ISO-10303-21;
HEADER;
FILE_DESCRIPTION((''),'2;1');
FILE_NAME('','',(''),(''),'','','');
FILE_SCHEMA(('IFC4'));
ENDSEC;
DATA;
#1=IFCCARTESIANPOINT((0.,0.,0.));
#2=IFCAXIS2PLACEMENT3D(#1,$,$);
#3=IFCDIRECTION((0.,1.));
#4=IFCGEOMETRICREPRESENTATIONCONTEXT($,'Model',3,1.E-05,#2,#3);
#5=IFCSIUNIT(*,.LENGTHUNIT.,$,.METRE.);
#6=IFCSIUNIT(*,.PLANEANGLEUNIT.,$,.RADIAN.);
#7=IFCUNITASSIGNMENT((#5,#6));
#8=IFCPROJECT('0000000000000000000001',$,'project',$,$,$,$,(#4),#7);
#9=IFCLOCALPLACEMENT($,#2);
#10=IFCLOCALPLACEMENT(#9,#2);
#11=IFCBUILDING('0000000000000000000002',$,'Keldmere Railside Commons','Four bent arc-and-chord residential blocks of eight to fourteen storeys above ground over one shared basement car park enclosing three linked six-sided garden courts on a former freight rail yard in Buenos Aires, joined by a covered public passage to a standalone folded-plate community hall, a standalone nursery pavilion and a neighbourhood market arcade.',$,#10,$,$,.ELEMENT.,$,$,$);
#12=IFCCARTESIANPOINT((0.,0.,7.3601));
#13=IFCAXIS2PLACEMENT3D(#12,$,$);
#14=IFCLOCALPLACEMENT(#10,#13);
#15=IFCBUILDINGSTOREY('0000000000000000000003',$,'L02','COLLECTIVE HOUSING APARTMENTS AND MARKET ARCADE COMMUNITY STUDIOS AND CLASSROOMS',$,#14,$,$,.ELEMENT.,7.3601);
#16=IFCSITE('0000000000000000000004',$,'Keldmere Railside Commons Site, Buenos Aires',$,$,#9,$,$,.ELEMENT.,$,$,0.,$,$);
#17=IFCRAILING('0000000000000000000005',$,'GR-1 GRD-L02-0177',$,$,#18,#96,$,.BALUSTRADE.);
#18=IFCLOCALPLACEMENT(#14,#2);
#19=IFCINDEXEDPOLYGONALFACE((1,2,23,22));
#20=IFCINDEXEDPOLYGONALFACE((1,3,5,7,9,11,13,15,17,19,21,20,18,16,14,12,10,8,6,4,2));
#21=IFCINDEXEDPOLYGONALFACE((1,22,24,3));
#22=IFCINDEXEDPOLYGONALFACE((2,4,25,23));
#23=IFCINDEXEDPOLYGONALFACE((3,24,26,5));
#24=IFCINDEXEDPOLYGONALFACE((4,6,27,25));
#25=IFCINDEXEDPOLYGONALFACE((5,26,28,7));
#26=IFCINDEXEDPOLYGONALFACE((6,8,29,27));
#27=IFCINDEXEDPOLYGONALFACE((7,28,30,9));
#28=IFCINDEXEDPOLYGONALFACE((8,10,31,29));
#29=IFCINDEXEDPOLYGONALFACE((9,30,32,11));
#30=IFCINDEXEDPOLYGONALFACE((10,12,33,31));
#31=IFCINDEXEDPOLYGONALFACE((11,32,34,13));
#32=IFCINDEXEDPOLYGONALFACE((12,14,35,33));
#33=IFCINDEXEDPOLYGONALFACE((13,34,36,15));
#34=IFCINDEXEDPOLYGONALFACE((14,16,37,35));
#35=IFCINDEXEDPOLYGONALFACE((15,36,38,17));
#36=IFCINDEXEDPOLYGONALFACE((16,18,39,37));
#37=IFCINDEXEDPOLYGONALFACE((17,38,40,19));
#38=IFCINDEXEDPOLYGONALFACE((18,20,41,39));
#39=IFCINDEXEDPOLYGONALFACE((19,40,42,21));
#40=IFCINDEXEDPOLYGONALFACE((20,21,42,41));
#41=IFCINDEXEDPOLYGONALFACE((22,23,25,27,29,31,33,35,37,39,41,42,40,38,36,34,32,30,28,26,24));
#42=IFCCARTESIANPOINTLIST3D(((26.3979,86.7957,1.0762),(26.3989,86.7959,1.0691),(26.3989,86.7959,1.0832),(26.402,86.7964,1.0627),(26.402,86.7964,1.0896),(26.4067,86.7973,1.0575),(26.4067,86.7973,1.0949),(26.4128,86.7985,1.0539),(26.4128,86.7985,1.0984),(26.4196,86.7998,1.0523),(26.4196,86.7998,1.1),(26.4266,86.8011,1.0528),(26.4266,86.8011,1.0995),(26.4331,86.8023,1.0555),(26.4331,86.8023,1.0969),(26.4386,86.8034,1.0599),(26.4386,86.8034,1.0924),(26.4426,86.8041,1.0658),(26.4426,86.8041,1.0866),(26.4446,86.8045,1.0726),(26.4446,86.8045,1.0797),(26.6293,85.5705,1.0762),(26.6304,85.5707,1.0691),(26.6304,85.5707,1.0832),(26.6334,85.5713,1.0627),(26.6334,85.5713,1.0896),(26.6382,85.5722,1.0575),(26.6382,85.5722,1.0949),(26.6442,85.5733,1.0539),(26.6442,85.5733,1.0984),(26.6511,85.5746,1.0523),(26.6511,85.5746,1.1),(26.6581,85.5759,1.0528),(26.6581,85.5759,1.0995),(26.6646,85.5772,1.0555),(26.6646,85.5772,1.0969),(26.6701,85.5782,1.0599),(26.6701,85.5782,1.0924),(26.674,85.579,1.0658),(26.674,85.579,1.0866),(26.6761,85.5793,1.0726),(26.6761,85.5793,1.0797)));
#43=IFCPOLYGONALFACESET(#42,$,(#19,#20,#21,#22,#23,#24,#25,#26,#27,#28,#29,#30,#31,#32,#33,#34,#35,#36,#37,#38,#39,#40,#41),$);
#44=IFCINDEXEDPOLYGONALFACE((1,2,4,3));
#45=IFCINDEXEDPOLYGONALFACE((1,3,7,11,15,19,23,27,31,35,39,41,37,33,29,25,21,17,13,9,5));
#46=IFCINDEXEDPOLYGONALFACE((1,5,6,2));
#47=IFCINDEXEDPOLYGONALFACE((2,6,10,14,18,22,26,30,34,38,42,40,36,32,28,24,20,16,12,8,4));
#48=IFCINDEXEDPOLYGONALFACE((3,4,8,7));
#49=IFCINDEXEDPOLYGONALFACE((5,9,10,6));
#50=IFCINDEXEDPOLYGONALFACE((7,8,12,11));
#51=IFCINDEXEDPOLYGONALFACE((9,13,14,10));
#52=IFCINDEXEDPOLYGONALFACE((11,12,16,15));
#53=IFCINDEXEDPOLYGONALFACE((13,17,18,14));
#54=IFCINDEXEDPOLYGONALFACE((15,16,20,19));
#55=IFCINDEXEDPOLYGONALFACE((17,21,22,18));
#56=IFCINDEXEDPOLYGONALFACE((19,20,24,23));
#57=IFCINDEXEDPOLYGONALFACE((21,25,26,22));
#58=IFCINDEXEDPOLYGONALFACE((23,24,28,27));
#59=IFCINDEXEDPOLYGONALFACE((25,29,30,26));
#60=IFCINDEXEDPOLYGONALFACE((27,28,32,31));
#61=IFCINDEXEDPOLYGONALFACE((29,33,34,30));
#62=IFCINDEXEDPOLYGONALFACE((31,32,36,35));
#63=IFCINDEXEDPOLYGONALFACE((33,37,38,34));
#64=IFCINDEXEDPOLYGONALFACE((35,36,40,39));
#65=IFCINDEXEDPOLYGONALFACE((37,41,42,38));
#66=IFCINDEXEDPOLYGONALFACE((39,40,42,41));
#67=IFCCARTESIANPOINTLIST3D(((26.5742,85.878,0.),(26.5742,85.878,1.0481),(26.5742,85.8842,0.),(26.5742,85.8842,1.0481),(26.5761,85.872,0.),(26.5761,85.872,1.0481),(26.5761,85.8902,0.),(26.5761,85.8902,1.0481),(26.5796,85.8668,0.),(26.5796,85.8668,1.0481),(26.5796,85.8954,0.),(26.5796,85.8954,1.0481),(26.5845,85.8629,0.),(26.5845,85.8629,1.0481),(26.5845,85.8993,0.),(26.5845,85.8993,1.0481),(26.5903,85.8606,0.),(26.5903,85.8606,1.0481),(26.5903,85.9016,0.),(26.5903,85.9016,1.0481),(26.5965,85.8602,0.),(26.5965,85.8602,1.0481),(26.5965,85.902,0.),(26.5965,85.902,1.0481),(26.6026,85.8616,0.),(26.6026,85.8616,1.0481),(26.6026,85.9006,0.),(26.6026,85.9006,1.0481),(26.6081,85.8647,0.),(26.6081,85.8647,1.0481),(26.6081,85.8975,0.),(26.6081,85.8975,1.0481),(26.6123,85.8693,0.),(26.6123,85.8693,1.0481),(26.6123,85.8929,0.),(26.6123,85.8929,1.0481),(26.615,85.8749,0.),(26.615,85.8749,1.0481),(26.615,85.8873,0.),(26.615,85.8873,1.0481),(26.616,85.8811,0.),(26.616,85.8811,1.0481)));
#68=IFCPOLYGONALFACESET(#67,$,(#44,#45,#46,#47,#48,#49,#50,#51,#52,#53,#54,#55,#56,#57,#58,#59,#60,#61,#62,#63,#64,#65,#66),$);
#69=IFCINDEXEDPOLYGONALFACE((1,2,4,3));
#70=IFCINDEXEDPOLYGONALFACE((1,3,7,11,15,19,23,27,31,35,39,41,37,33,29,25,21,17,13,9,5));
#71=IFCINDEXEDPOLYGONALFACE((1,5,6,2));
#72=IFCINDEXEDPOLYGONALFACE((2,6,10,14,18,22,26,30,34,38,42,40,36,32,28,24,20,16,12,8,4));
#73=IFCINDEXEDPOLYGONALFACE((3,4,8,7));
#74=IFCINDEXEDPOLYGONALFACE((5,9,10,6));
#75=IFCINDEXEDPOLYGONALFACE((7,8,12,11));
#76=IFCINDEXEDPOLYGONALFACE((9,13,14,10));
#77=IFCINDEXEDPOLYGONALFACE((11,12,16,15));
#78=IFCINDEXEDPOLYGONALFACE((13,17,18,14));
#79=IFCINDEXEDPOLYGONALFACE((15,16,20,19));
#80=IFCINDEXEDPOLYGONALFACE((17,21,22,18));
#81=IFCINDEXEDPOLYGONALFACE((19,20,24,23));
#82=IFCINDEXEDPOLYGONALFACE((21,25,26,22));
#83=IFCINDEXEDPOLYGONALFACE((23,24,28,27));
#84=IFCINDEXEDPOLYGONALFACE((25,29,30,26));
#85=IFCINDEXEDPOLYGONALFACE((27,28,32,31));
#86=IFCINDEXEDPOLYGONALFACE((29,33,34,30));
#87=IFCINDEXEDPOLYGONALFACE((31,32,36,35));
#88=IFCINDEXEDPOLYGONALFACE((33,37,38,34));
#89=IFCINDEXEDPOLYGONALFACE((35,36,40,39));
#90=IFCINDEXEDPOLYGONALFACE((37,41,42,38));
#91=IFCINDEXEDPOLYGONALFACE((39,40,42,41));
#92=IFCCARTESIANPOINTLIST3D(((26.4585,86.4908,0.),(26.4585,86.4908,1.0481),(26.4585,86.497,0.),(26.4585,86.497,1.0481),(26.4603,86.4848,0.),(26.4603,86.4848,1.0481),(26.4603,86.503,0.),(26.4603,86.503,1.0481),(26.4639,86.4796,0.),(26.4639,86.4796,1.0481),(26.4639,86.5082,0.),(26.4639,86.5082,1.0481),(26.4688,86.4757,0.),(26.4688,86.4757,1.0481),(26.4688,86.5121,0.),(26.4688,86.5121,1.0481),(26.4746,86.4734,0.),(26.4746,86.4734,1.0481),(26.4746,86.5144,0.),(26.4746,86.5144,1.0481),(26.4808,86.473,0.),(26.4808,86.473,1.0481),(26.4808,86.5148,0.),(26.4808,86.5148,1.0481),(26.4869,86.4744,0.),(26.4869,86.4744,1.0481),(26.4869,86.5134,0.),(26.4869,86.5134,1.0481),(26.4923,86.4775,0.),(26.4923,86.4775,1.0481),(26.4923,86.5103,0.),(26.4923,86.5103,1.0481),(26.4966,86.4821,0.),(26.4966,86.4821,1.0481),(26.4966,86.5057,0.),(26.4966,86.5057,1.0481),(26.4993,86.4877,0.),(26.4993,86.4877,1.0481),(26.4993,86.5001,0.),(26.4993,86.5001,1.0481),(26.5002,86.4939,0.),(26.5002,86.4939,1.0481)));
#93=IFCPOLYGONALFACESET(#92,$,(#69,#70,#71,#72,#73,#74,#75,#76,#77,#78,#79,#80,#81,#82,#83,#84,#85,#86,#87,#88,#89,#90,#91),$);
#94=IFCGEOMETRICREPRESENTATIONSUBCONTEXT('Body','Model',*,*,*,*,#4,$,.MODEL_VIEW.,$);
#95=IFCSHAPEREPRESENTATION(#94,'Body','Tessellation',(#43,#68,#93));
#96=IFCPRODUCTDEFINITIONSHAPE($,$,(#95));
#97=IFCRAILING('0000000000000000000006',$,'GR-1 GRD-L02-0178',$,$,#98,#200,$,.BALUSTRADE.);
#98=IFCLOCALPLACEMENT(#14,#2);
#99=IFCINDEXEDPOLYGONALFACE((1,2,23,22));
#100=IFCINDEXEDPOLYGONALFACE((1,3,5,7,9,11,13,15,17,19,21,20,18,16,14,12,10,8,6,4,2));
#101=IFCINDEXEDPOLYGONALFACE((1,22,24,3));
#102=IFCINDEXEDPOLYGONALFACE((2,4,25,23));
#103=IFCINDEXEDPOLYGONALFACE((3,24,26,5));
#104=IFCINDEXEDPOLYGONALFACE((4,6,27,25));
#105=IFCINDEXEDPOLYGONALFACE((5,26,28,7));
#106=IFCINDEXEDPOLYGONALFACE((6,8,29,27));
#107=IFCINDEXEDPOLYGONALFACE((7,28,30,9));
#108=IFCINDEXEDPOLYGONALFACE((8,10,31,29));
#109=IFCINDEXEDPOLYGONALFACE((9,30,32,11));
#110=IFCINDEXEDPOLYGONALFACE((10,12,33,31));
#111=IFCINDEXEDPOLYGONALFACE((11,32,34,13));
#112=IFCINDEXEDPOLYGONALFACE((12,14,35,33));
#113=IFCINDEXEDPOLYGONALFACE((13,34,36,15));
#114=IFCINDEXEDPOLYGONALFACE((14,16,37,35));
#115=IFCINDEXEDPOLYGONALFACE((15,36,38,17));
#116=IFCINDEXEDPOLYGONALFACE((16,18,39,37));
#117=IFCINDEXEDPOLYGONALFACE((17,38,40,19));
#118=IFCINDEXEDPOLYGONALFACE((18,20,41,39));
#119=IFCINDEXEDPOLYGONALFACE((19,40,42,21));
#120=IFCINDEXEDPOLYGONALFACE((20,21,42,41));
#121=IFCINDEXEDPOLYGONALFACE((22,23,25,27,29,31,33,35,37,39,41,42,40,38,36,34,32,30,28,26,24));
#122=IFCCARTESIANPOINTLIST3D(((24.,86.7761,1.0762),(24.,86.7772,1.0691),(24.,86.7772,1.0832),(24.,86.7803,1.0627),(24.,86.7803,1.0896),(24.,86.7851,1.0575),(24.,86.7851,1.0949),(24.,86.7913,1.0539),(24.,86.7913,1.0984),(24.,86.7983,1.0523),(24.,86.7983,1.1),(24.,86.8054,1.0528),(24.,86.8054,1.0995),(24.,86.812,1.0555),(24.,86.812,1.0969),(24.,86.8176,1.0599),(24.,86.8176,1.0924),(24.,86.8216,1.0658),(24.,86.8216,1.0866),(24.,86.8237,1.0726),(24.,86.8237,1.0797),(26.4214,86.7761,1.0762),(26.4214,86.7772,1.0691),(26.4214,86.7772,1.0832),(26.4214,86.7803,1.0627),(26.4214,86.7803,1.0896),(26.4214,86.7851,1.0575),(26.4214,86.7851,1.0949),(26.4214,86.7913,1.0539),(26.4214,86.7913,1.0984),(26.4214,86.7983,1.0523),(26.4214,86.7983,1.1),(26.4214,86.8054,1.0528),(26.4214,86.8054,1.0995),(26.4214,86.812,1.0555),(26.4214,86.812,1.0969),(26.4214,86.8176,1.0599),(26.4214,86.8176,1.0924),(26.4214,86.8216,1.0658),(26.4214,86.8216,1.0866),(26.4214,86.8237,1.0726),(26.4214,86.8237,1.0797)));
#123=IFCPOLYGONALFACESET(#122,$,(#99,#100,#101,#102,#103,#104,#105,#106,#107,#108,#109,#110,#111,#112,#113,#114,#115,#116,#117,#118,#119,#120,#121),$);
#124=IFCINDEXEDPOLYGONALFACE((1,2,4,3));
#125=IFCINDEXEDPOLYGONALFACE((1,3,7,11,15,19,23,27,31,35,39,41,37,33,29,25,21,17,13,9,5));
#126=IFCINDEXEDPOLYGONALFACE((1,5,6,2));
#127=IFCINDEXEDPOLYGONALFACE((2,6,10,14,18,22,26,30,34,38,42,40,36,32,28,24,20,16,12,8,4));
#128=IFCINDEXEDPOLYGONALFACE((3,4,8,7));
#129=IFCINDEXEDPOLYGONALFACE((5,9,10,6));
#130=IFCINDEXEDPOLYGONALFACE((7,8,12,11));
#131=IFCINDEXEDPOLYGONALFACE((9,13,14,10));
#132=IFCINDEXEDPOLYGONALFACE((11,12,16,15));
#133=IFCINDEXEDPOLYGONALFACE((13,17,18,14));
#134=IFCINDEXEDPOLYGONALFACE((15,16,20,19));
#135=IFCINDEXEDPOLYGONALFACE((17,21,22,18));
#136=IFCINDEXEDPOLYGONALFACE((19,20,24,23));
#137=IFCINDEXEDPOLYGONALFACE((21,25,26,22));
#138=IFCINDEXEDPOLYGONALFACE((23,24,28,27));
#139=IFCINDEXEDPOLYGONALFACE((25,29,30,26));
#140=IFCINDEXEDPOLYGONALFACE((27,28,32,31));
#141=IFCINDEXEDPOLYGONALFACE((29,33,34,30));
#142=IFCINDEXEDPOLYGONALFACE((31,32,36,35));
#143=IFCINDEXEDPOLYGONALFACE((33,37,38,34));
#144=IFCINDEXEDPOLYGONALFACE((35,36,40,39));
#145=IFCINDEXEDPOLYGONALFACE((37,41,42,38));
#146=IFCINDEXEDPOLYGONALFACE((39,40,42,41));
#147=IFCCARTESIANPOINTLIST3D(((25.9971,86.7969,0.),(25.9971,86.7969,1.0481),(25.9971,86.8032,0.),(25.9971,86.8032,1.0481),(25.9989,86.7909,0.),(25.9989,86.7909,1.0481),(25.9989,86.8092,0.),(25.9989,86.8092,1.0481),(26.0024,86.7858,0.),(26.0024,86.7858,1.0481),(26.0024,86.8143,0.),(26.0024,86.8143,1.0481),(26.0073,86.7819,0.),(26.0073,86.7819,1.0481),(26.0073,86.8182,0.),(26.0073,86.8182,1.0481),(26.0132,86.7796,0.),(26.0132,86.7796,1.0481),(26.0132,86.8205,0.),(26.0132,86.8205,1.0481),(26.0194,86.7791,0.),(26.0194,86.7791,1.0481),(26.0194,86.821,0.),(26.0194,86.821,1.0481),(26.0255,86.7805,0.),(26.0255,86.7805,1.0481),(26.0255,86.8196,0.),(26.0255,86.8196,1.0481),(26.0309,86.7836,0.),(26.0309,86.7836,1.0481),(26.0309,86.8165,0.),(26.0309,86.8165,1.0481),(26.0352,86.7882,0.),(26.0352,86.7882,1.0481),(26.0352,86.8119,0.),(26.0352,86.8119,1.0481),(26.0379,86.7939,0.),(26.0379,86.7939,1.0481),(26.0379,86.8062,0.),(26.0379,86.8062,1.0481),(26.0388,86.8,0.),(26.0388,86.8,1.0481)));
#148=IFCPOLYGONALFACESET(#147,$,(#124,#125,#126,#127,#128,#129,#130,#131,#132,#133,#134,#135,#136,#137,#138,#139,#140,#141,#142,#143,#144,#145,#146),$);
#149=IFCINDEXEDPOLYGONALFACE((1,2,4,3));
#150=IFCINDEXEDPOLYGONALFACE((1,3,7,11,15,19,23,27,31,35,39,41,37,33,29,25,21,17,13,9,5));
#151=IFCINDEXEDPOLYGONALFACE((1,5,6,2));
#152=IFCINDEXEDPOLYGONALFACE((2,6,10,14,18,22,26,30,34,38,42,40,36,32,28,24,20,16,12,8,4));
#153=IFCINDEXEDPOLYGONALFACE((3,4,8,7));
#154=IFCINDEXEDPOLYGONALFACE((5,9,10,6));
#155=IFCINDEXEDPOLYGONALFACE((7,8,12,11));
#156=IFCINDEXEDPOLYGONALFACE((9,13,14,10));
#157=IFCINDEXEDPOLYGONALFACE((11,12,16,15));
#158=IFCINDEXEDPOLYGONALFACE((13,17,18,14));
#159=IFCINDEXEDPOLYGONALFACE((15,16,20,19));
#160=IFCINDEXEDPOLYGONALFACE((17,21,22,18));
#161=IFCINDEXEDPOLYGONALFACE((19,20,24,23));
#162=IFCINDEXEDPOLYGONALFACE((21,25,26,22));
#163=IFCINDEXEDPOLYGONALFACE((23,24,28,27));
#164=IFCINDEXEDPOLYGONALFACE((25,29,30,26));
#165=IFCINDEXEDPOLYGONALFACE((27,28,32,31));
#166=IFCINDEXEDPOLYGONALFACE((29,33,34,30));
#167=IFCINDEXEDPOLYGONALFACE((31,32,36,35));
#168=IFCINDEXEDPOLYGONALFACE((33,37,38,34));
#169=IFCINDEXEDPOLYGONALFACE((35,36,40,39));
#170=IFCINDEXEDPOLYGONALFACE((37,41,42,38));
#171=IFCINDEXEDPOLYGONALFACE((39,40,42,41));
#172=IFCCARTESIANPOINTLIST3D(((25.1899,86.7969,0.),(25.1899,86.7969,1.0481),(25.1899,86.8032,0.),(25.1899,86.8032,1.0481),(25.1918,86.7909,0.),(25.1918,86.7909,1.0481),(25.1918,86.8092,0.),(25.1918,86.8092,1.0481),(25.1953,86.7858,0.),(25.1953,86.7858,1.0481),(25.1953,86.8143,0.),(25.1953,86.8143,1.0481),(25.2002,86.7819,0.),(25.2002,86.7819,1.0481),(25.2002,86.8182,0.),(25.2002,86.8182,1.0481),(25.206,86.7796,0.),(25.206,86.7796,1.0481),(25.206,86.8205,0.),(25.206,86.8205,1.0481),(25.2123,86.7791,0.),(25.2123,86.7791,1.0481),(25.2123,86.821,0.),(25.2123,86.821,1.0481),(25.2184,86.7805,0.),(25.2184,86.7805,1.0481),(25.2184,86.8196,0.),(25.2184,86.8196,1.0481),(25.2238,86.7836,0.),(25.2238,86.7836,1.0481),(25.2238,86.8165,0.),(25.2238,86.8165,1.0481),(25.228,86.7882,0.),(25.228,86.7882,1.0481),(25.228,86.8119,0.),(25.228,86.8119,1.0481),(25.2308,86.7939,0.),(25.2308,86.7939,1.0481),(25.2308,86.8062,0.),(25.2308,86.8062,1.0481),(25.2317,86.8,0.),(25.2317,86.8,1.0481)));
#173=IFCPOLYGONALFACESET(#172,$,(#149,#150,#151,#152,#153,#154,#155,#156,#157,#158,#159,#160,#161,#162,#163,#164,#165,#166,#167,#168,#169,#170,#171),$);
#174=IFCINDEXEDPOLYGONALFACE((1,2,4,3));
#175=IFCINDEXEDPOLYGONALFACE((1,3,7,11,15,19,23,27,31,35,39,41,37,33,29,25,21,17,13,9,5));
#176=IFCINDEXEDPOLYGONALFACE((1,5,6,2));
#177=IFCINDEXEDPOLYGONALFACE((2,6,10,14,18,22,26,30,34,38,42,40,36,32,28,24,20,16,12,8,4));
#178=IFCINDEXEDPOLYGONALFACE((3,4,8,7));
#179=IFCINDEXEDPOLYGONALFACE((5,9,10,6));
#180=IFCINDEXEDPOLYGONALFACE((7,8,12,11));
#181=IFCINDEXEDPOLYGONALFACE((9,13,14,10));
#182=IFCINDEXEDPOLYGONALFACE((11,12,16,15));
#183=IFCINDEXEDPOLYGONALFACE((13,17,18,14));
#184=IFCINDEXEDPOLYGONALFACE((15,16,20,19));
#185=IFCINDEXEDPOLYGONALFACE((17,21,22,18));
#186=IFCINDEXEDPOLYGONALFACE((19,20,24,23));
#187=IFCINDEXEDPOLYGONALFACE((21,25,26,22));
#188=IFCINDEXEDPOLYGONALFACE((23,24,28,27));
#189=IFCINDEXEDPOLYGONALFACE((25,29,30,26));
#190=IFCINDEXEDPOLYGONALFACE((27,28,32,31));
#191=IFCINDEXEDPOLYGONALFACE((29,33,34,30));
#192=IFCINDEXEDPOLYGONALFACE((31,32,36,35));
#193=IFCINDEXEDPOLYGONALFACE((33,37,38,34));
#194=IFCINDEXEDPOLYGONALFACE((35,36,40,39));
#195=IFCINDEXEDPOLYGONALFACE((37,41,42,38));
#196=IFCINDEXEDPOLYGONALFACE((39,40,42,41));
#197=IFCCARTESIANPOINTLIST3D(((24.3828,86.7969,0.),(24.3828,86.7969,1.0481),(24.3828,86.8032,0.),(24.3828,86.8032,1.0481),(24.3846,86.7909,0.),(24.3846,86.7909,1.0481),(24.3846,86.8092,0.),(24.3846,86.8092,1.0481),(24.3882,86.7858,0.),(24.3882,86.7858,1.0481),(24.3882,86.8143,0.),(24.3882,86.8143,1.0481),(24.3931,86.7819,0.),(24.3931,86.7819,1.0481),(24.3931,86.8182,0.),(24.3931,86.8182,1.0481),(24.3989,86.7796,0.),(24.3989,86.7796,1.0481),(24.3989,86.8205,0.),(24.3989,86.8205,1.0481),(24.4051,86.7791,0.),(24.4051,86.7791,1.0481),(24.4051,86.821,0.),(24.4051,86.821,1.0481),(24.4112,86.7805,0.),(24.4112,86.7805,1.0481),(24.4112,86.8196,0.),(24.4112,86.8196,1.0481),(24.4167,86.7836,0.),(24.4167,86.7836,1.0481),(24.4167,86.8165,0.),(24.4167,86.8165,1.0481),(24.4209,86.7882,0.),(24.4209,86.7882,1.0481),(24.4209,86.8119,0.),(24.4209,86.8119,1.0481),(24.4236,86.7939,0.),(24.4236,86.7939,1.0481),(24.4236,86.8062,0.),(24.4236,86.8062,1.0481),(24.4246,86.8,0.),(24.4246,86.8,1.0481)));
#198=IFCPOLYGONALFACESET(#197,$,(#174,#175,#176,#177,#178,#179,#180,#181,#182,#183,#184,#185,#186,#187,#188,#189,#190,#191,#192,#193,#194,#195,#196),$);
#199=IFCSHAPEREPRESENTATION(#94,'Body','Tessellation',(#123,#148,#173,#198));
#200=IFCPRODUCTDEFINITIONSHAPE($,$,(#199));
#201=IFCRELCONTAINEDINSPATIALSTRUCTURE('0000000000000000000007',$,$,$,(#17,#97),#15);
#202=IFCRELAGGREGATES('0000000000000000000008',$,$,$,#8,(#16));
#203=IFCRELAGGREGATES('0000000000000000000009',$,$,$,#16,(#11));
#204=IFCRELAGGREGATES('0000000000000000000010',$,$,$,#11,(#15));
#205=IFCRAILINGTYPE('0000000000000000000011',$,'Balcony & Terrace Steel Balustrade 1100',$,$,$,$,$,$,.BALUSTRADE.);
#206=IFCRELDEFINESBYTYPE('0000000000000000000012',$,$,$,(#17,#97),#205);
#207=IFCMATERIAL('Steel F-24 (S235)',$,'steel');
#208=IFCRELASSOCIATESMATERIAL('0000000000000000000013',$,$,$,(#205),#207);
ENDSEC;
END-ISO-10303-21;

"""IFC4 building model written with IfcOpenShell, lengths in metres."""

from ifc_helpers import new_model, si_unit, direction, frame, origin, origin_2d, place, context, subcontext, project, spatial, circle, extrude, material, type_object, element, save


model = new_model("IFC4")

# Units and contexts
model_context = context("Model", 3, precision=1e-05, world=origin(), true_north=direction((0.0, 1.0)))
body_context = subcontext(model_context, "Body", "Model", "MODEL_VIEW")
ifc_project = project(units=[si_unit("LENGTHUNIT", "METRE"), si_unit("PLANEANGLEUNIT", "RADIAN")], contexts=[model_context])

# Site, building, storey
site_placement = place(None, origin())
site = spatial("IfcSite", under=ifc_project, at=site_placement, Name="Keldmere Railside Commons Site, Buenos Aires", CompositionType="ELEMENT", RefElevation=0.0)
building_placement = place(site_placement, origin())
building = spatial("IfcBuilding", under=site, at=building_placement, Name="Keldmere Railside Commons", Description="Four bent arc-and-chord residential blocks of eight to fourteen storeys above ground over one shared basement car park enclosing three linked six-sided garden courts on a former freight rail yard in Buenos Aires, joined by a covered public passage to a standalone folded-plate community hall, a standalone nursery pavilion and a neighbourhood market arcade.", CompositionType="ELEMENT")
storey_placement = place(building_placement, frame((0.0, 0.0, 7.3601)))
storey = spatial("IfcBuildingStorey", under=building, at=storey_placement, Name="L02", Description="COLLECTIVE HOUSING APARTMENTS AND MARKET ARCADE COMMUNITY STUDIOS AND CLASSROOMS", CompositionType="ELEMENT", Elevation=7.3601)

# Railings
ifc_material_1 = material(Name="Steel F-24 (S235)", Category="steel")
railing_type = type_object("IfcRailingType", Name="Balcony & Terrace Steel Balustrade 1100", PredefinedType="BALUSTRADE", material=ifc_material_1)
railing_1_placement = place(storey_placement, frame((26.6528, 85.575, 0.0)))
element("IfcRailing", 1, at=railing_1_placement, inside=storey, type_object=railing_type, Name="GR-1 GRD-L02-0177", PredefinedType="BALUSTRADE", context=body_context, shape_type="SweptSolid", body=[
    extrude(circle(Radius=0.0239, at=origin_2d()), frame((0.0, 0.0, 1.0762), z_axis=(-0.185636, 0.982619, 0.0), x_axis=(-0.982619, -0.185636, 0.0)), (0.0, 0.0, 1.0), 1.2468),
    extrude(circle(Radius=0.021, at=origin_2d()), frame((-0.0579, 0.3062, 0.0)), (0.0, 0.0, 1.0), 1.0481),
    extrude(circle(Radius=0.021, at=origin_2d()), frame((-0.1736, 0.9189, 0.0)), (0.0, 0.0, 1.0), 1.0481),
])
railing_2_placement = place(storey_placement, frame((26.4214, 86.8, 0.0)))
element("IfcRailing", 2, at=railing_2_placement, inside=storey, type_object=railing_type, Name="GR-1 GRD-L02-0178", PredefinedType="BALUSTRADE", context=body_context, shape_type="SweptSolid", body=[
    extrude(circle(Radius=0.0239, at=origin_2d()), frame((0.0, 0.0, 1.0762), z_axis=(-1.0, 0.0, 0.0), x_axis=(0.0, -1.0, 0.0)), (0.0, 0.0, 1.0), 2.4214),
    extrude(circle(Radius=0.021, at=origin_2d()), frame((-0.4036, 0.0, 0.0)), (0.0, 0.0, 1.0), 1.0481),
    extrude(circle(Radius=0.021, at=origin_2d()), frame((-1.2107, 0.0, 0.0)), (0.0, 0.0, 1.0), 1.0481),
    extrude(circle(Radius=0.021, at=origin_2d()), frame((-2.0178, 0.0, 0.0)), (0.0, 0.0, 1.0), 1.0481),
])

save(model, "model.ifc")
